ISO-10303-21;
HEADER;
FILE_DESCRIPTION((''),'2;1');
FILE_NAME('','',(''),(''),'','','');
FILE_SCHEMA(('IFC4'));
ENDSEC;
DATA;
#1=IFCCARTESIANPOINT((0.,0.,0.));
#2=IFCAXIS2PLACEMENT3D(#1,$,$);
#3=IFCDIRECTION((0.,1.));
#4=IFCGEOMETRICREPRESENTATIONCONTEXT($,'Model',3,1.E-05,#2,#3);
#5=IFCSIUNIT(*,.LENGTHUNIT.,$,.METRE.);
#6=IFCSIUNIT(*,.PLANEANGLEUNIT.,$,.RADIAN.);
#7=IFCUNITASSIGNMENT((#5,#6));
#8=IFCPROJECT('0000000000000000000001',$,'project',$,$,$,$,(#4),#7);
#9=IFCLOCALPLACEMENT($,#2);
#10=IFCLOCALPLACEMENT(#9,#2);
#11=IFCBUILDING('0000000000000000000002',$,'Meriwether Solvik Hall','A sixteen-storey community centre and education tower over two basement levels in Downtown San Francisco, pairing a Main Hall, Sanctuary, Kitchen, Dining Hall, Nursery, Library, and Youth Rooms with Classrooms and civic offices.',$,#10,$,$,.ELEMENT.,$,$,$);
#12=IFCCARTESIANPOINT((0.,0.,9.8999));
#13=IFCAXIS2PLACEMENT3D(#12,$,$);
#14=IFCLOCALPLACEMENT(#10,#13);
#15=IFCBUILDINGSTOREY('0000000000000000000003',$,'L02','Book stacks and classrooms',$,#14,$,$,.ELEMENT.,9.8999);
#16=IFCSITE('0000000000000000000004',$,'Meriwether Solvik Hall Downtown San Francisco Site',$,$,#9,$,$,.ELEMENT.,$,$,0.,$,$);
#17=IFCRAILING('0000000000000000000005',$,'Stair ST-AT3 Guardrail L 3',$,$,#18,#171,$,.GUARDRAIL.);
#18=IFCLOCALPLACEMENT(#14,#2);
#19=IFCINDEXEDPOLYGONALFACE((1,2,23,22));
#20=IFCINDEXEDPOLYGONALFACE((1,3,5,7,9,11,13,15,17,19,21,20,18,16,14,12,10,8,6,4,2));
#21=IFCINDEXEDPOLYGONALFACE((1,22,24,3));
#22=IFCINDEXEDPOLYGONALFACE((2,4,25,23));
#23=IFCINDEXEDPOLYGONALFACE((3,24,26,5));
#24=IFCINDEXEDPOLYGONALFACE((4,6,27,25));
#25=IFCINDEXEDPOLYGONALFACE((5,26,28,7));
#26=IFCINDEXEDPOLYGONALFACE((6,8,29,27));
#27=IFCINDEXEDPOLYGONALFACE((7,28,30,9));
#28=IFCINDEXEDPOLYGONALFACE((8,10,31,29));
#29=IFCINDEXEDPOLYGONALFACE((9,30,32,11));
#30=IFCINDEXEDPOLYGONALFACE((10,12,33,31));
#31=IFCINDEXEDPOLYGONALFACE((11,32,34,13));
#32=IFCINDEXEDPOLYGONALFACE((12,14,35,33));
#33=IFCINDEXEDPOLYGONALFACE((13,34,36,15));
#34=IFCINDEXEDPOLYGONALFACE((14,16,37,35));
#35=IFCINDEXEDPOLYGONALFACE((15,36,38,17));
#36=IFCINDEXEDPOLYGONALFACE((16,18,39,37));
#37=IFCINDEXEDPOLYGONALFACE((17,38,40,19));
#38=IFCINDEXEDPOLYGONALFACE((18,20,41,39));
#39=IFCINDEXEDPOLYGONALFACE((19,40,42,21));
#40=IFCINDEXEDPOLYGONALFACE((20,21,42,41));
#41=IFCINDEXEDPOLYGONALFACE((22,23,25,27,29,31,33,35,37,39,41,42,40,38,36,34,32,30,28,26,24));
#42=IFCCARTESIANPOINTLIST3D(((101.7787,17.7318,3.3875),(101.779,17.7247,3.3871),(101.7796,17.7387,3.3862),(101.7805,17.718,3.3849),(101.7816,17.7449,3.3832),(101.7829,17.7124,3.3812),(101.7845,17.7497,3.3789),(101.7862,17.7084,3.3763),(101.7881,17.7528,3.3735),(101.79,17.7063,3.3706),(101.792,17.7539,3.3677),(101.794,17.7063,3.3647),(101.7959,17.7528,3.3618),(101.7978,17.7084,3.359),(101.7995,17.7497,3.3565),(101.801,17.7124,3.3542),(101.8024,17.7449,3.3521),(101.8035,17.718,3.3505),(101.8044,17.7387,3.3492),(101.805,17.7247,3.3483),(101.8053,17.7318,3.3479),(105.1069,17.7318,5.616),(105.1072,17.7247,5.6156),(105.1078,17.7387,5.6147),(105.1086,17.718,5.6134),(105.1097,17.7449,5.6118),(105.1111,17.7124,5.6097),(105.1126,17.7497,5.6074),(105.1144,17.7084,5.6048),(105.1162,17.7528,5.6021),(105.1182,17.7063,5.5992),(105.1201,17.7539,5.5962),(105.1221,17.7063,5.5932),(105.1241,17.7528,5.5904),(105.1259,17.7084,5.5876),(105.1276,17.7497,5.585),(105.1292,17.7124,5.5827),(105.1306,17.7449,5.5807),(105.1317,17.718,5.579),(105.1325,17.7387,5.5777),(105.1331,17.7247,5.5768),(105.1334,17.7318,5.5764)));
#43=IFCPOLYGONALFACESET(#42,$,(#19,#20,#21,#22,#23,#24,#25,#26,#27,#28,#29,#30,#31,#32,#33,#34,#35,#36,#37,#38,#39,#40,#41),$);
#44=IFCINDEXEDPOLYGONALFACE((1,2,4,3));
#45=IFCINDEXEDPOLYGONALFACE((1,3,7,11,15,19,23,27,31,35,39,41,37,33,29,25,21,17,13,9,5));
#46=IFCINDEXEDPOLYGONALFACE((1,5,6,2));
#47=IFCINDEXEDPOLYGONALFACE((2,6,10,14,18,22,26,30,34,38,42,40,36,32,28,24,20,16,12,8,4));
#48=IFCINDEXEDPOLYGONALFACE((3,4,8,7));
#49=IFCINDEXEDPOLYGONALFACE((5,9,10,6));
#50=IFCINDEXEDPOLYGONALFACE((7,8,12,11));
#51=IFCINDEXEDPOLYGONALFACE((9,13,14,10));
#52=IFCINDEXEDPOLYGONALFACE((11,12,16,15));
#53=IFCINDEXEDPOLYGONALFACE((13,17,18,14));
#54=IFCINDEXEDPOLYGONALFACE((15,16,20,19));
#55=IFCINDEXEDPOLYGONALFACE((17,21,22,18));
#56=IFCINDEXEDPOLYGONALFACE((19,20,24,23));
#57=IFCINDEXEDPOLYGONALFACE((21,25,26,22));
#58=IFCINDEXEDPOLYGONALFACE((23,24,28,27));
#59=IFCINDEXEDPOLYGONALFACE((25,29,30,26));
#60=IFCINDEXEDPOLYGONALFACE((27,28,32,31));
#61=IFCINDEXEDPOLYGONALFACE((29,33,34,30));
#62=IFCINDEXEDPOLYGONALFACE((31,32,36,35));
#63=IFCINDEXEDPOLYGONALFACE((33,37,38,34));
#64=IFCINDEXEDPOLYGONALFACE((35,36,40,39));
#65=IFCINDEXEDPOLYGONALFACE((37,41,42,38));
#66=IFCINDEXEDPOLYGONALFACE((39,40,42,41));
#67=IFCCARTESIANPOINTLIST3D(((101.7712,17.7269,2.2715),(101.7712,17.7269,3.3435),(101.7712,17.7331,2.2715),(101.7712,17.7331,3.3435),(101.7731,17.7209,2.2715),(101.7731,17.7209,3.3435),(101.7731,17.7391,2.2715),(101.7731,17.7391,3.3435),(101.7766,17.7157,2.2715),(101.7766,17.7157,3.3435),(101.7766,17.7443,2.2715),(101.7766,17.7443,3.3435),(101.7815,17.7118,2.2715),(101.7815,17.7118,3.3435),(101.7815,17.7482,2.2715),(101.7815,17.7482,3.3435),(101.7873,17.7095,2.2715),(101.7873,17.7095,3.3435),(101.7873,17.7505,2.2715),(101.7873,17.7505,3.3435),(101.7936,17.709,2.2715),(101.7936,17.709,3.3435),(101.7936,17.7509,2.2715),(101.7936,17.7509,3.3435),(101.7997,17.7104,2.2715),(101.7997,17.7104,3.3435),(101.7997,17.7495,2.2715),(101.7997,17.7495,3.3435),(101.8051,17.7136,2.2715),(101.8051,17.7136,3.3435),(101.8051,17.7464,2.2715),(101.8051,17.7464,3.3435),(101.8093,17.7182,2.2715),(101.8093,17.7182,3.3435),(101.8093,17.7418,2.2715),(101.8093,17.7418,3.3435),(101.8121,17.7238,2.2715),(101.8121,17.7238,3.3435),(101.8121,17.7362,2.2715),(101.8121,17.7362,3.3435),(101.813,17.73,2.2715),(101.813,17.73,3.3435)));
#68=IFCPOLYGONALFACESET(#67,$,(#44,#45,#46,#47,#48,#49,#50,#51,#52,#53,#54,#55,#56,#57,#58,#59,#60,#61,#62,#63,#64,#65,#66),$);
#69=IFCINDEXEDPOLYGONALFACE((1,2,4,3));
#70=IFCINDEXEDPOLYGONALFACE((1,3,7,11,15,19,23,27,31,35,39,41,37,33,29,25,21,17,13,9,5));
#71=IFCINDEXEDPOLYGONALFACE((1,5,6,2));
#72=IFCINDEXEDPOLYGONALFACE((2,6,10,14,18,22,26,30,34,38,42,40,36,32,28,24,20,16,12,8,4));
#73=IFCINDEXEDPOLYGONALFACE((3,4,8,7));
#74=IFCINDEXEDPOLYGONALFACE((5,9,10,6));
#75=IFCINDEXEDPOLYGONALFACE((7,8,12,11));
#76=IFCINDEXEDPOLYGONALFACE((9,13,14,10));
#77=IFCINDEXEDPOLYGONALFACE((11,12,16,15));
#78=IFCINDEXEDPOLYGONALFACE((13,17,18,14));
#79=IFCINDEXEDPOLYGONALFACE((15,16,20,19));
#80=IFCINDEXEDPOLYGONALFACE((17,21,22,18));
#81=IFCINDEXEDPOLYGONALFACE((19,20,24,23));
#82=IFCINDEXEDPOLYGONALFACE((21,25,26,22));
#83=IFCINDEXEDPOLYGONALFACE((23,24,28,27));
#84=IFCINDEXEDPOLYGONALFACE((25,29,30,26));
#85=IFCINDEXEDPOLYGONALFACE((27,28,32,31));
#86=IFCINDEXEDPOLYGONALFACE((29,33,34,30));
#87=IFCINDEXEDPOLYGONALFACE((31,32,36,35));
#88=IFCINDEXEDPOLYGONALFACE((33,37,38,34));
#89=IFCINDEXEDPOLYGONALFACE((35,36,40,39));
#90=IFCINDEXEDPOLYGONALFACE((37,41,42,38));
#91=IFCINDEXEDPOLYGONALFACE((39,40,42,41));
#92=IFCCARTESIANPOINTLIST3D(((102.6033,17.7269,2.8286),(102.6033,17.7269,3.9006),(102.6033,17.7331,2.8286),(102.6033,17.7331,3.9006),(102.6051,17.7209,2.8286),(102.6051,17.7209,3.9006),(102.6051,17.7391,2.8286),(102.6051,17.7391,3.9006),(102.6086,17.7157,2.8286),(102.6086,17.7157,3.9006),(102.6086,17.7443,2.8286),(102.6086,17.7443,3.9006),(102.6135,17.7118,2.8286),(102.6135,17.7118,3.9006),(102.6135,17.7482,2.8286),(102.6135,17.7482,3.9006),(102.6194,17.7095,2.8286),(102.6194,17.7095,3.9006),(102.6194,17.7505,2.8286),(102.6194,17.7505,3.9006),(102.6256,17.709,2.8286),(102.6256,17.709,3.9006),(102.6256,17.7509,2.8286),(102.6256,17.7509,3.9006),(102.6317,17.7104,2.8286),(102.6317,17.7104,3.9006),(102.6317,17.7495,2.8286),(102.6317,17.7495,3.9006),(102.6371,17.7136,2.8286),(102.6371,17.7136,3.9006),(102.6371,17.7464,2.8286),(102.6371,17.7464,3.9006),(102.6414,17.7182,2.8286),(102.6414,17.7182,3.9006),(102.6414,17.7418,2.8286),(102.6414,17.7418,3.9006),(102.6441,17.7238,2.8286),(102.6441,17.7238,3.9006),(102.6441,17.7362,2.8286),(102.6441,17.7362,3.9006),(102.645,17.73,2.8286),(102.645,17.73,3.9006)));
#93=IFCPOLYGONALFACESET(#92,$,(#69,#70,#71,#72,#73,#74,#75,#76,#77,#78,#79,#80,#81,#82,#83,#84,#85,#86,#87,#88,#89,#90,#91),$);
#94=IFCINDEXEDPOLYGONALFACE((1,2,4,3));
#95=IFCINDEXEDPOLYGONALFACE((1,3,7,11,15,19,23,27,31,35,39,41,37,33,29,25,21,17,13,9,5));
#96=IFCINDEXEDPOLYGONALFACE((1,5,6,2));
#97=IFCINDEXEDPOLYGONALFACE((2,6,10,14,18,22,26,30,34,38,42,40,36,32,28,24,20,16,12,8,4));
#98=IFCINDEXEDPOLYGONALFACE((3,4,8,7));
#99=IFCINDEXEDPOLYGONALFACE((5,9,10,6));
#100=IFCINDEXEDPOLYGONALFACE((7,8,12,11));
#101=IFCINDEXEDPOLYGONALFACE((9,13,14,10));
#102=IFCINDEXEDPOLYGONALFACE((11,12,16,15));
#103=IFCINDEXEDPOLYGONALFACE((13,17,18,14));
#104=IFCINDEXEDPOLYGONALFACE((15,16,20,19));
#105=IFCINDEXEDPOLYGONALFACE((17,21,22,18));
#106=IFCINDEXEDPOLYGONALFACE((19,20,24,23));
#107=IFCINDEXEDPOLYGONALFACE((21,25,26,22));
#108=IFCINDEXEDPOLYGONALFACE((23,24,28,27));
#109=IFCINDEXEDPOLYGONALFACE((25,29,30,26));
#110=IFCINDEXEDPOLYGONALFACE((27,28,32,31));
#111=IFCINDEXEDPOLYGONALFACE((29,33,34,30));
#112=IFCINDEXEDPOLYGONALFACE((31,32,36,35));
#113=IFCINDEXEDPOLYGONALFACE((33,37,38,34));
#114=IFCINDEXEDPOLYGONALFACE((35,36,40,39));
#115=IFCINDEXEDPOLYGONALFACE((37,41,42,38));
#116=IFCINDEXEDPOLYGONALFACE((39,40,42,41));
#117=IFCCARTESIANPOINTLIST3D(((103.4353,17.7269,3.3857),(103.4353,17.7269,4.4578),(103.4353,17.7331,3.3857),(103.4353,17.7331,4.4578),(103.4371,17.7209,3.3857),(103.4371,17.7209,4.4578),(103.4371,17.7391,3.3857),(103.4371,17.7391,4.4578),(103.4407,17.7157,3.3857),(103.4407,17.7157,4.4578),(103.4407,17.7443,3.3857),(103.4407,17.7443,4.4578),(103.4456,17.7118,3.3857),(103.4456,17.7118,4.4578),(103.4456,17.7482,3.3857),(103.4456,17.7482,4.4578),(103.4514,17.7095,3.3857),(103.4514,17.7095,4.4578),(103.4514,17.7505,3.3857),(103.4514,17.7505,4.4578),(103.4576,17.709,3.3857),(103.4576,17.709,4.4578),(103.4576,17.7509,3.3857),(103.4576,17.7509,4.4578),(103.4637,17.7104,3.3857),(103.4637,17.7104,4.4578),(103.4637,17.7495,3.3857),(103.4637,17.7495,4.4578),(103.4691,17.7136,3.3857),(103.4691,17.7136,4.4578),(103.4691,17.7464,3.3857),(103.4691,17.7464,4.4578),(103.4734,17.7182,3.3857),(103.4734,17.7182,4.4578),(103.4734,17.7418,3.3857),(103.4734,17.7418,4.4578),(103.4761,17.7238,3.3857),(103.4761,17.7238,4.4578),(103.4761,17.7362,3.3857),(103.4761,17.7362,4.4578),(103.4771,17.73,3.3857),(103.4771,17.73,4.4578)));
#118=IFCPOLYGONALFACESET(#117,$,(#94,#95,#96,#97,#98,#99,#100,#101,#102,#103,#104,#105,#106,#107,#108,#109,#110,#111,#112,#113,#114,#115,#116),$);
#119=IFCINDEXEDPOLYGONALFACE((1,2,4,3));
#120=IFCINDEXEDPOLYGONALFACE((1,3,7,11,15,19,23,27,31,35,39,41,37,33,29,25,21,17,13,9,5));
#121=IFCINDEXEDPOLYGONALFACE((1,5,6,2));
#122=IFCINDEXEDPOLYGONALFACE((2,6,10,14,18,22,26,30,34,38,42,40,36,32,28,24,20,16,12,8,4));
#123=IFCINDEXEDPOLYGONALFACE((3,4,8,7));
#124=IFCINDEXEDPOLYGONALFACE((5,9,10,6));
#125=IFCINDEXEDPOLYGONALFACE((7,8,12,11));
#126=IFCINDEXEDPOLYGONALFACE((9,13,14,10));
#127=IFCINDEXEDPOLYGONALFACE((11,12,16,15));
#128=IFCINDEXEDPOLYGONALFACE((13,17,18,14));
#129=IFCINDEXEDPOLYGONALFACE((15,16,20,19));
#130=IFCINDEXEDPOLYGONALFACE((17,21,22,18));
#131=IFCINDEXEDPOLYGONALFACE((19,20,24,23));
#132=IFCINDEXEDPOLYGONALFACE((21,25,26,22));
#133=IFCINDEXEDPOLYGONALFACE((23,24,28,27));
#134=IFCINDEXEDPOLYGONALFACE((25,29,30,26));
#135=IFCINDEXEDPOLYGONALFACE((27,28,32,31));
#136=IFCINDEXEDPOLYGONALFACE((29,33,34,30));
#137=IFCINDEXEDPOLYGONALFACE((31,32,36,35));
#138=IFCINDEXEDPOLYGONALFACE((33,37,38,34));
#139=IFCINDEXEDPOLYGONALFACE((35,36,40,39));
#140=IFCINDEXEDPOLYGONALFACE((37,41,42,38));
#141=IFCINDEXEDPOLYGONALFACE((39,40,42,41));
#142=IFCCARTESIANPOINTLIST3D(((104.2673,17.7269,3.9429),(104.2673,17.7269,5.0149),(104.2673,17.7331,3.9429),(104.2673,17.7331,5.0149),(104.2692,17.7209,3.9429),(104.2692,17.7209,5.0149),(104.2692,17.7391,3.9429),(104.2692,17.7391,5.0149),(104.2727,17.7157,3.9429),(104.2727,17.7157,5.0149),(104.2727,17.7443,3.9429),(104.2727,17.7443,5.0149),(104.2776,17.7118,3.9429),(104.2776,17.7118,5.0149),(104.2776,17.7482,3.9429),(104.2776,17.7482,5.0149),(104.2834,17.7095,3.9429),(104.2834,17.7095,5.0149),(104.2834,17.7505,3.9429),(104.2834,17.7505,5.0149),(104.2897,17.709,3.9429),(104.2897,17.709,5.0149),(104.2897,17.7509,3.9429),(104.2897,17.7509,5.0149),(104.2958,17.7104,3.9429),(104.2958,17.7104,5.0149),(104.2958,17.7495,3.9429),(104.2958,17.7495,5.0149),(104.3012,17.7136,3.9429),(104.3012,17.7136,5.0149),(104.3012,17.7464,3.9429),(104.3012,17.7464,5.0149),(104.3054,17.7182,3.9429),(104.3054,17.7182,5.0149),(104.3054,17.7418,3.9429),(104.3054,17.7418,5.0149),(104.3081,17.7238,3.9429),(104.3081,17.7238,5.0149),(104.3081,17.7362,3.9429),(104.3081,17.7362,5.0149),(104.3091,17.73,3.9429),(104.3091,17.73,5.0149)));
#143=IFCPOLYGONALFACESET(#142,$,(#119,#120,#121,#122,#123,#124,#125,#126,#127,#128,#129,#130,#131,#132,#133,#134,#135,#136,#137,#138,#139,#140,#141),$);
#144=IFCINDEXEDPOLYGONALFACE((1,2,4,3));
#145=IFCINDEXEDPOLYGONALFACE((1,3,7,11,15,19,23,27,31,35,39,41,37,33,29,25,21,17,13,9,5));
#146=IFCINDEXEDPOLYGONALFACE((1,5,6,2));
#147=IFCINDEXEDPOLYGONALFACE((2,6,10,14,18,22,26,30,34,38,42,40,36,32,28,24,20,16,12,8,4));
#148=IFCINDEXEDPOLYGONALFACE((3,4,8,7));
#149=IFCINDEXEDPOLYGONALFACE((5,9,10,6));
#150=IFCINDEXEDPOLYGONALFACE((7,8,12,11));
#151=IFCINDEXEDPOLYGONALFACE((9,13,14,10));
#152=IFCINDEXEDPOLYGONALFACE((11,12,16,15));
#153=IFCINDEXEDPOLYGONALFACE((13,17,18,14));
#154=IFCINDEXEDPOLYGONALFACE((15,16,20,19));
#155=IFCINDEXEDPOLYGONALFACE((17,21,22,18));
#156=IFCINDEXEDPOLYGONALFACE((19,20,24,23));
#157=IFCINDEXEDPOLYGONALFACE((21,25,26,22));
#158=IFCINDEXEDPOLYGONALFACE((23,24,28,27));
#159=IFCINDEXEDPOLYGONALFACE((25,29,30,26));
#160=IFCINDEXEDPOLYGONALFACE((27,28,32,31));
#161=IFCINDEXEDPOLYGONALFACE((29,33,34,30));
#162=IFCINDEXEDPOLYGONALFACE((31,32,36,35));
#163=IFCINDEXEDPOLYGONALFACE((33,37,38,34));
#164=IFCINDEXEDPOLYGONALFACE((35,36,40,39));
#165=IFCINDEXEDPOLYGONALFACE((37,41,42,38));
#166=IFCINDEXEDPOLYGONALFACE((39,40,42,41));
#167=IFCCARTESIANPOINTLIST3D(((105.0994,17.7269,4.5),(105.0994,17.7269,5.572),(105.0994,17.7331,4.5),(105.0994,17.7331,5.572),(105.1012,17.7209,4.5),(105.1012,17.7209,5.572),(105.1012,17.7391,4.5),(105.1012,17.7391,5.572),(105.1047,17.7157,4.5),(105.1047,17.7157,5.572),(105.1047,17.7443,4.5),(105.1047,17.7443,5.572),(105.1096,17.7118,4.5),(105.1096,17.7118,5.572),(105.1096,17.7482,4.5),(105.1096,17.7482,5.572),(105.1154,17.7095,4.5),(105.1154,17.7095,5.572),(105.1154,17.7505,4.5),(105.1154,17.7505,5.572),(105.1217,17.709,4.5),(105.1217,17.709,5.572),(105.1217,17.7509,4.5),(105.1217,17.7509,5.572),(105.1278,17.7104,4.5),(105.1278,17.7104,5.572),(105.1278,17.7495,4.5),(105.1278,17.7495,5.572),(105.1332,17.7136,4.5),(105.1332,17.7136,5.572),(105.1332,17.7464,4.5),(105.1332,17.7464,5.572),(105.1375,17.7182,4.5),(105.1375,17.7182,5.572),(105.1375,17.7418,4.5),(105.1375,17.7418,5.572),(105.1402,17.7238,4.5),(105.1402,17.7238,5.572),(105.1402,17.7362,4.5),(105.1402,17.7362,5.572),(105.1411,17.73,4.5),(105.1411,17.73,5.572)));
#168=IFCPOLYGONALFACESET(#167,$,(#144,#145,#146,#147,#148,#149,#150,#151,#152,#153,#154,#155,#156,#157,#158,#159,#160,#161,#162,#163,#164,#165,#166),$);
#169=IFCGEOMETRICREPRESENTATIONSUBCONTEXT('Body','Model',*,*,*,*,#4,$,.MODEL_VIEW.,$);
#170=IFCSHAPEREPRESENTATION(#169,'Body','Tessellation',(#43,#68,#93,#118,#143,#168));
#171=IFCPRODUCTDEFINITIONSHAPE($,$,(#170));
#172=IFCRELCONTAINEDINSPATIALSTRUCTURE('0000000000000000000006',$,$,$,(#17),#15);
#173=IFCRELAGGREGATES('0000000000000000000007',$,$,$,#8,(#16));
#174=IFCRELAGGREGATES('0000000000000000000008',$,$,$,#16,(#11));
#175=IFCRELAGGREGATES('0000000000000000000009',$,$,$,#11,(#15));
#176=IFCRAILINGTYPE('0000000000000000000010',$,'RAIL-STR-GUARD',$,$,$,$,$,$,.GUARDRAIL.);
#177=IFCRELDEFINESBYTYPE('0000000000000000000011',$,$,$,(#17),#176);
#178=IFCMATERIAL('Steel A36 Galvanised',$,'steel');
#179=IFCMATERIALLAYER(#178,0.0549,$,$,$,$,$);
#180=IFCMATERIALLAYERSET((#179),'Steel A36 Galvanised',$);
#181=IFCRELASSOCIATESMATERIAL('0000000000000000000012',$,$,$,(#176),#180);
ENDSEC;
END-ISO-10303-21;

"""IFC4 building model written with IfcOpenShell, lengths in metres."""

from ifc_helpers import new_model, si_unit, direction, frame, origin, origin_2d, place, context, subcontext, project, spatial, circle, extrude, material, layer, layer_set, type_object, element, save


model = new_model("IFC4")

# Units and contexts
model_context = context("Model", 3, precision=1e-05, world=origin(), true_north=direction((0.0, 1.0)))
body_context = subcontext(model_context, "Body", "Model", "MODEL_VIEW")
ifc_project = project(units=[si_unit("LENGTHUNIT", "METRE"), si_unit("PLANEANGLEUNIT", "RADIAN")], contexts=[model_context])

# Site, building, storey
site_placement = place(None, origin())
site = spatial("IfcSite", under=ifc_project, at=site_placement, Name="Meriwether Solvik Hall Downtown San Francisco Site", CompositionType="ELEMENT", RefElevation=0.0)
building_placement = place(site_placement, origin())
building = spatial("IfcBuilding", under=site, at=building_placement, Name="Meriwether Solvik Hall", Description="A sixteen-storey community centre and education tower over two basement levels in Downtown San Francisco, pairing a Main Hall, Sanctuary, Kitchen, Dining Hall, Nursery, Library, and Youth Rooms with Classrooms and civic offices.", CompositionType="ELEMENT")
storey_placement = place(building_placement, frame((0.0, 0.0, 9.8999)))
storey = spatial("IfcBuildingStorey", under=building, at=storey_placement, Name="L02", Description="Book stacks and classrooms", CompositionType="ELEMENT", Elevation=9.8999)

# Railing
ifc_material_1 = material(Name="Steel A36 Galvanised", Category="steel")
ifc_layer_1 = layer(ifc_material_1, 0.0549)
ifc_layer_set_1 = layer_set([ifc_layer_1], Name="Steel A36 Galvanised")
railing_type_1 = type_object("IfcRailingType", Name="RAIL-STR-GUARD", PredefinedType="GUARDRAIL", material=ifc_layer_set_1)
for number, where, name in (
    (1, (101.792, 17.73, 2.2715), "Stair ST-AT3 Guardrail L 3"),
):
    element("IfcRailing", number, at=place(storey_placement, frame(where)), inside=storey, type_object=railing_type_1, Name=name, PredefinedType="GUARDRAIL", context=body_context, shape_type="SweptSolid", body=[
        extrude(circle(Radius=0.0239, at=origin_2d()), frame((0.0, 0.0, 1.0962), z_axis=(0.830923, 0.0, 0.556387), x_axis=(0.0, 1.0, 0.0)), (0.0, 0.0, 1.0), 4.0054),
        extrude(circle(Radius=0.021, at=origin_2d()), origin(), (0.0, 0.0, 1.0), 1.072),
        extrude(circle(Radius=0.021, at=origin_2d()), frame((0.832, 0.0, 0.5571)), (0.0, 0.0, 1.0), 1.072),
        extrude(circle(Radius=0.021, at=origin_2d()), frame((1.6641, 0.0, 1.1143)), (0.0, 0.0, 1.0), 1.072),
        extrude(circle(Radius=0.021, at=origin_2d()), frame((2.4961, 0.0, 1.6714)), (0.0, 0.0, 1.0), 1.072),
        extrude(circle(Radius=0.021, at=origin_2d()), frame((3.3281, 0.0, 2.2285)), (0.0, 0.0, 1.0), 1.072),
    ])

save(model, "model.ifc")
